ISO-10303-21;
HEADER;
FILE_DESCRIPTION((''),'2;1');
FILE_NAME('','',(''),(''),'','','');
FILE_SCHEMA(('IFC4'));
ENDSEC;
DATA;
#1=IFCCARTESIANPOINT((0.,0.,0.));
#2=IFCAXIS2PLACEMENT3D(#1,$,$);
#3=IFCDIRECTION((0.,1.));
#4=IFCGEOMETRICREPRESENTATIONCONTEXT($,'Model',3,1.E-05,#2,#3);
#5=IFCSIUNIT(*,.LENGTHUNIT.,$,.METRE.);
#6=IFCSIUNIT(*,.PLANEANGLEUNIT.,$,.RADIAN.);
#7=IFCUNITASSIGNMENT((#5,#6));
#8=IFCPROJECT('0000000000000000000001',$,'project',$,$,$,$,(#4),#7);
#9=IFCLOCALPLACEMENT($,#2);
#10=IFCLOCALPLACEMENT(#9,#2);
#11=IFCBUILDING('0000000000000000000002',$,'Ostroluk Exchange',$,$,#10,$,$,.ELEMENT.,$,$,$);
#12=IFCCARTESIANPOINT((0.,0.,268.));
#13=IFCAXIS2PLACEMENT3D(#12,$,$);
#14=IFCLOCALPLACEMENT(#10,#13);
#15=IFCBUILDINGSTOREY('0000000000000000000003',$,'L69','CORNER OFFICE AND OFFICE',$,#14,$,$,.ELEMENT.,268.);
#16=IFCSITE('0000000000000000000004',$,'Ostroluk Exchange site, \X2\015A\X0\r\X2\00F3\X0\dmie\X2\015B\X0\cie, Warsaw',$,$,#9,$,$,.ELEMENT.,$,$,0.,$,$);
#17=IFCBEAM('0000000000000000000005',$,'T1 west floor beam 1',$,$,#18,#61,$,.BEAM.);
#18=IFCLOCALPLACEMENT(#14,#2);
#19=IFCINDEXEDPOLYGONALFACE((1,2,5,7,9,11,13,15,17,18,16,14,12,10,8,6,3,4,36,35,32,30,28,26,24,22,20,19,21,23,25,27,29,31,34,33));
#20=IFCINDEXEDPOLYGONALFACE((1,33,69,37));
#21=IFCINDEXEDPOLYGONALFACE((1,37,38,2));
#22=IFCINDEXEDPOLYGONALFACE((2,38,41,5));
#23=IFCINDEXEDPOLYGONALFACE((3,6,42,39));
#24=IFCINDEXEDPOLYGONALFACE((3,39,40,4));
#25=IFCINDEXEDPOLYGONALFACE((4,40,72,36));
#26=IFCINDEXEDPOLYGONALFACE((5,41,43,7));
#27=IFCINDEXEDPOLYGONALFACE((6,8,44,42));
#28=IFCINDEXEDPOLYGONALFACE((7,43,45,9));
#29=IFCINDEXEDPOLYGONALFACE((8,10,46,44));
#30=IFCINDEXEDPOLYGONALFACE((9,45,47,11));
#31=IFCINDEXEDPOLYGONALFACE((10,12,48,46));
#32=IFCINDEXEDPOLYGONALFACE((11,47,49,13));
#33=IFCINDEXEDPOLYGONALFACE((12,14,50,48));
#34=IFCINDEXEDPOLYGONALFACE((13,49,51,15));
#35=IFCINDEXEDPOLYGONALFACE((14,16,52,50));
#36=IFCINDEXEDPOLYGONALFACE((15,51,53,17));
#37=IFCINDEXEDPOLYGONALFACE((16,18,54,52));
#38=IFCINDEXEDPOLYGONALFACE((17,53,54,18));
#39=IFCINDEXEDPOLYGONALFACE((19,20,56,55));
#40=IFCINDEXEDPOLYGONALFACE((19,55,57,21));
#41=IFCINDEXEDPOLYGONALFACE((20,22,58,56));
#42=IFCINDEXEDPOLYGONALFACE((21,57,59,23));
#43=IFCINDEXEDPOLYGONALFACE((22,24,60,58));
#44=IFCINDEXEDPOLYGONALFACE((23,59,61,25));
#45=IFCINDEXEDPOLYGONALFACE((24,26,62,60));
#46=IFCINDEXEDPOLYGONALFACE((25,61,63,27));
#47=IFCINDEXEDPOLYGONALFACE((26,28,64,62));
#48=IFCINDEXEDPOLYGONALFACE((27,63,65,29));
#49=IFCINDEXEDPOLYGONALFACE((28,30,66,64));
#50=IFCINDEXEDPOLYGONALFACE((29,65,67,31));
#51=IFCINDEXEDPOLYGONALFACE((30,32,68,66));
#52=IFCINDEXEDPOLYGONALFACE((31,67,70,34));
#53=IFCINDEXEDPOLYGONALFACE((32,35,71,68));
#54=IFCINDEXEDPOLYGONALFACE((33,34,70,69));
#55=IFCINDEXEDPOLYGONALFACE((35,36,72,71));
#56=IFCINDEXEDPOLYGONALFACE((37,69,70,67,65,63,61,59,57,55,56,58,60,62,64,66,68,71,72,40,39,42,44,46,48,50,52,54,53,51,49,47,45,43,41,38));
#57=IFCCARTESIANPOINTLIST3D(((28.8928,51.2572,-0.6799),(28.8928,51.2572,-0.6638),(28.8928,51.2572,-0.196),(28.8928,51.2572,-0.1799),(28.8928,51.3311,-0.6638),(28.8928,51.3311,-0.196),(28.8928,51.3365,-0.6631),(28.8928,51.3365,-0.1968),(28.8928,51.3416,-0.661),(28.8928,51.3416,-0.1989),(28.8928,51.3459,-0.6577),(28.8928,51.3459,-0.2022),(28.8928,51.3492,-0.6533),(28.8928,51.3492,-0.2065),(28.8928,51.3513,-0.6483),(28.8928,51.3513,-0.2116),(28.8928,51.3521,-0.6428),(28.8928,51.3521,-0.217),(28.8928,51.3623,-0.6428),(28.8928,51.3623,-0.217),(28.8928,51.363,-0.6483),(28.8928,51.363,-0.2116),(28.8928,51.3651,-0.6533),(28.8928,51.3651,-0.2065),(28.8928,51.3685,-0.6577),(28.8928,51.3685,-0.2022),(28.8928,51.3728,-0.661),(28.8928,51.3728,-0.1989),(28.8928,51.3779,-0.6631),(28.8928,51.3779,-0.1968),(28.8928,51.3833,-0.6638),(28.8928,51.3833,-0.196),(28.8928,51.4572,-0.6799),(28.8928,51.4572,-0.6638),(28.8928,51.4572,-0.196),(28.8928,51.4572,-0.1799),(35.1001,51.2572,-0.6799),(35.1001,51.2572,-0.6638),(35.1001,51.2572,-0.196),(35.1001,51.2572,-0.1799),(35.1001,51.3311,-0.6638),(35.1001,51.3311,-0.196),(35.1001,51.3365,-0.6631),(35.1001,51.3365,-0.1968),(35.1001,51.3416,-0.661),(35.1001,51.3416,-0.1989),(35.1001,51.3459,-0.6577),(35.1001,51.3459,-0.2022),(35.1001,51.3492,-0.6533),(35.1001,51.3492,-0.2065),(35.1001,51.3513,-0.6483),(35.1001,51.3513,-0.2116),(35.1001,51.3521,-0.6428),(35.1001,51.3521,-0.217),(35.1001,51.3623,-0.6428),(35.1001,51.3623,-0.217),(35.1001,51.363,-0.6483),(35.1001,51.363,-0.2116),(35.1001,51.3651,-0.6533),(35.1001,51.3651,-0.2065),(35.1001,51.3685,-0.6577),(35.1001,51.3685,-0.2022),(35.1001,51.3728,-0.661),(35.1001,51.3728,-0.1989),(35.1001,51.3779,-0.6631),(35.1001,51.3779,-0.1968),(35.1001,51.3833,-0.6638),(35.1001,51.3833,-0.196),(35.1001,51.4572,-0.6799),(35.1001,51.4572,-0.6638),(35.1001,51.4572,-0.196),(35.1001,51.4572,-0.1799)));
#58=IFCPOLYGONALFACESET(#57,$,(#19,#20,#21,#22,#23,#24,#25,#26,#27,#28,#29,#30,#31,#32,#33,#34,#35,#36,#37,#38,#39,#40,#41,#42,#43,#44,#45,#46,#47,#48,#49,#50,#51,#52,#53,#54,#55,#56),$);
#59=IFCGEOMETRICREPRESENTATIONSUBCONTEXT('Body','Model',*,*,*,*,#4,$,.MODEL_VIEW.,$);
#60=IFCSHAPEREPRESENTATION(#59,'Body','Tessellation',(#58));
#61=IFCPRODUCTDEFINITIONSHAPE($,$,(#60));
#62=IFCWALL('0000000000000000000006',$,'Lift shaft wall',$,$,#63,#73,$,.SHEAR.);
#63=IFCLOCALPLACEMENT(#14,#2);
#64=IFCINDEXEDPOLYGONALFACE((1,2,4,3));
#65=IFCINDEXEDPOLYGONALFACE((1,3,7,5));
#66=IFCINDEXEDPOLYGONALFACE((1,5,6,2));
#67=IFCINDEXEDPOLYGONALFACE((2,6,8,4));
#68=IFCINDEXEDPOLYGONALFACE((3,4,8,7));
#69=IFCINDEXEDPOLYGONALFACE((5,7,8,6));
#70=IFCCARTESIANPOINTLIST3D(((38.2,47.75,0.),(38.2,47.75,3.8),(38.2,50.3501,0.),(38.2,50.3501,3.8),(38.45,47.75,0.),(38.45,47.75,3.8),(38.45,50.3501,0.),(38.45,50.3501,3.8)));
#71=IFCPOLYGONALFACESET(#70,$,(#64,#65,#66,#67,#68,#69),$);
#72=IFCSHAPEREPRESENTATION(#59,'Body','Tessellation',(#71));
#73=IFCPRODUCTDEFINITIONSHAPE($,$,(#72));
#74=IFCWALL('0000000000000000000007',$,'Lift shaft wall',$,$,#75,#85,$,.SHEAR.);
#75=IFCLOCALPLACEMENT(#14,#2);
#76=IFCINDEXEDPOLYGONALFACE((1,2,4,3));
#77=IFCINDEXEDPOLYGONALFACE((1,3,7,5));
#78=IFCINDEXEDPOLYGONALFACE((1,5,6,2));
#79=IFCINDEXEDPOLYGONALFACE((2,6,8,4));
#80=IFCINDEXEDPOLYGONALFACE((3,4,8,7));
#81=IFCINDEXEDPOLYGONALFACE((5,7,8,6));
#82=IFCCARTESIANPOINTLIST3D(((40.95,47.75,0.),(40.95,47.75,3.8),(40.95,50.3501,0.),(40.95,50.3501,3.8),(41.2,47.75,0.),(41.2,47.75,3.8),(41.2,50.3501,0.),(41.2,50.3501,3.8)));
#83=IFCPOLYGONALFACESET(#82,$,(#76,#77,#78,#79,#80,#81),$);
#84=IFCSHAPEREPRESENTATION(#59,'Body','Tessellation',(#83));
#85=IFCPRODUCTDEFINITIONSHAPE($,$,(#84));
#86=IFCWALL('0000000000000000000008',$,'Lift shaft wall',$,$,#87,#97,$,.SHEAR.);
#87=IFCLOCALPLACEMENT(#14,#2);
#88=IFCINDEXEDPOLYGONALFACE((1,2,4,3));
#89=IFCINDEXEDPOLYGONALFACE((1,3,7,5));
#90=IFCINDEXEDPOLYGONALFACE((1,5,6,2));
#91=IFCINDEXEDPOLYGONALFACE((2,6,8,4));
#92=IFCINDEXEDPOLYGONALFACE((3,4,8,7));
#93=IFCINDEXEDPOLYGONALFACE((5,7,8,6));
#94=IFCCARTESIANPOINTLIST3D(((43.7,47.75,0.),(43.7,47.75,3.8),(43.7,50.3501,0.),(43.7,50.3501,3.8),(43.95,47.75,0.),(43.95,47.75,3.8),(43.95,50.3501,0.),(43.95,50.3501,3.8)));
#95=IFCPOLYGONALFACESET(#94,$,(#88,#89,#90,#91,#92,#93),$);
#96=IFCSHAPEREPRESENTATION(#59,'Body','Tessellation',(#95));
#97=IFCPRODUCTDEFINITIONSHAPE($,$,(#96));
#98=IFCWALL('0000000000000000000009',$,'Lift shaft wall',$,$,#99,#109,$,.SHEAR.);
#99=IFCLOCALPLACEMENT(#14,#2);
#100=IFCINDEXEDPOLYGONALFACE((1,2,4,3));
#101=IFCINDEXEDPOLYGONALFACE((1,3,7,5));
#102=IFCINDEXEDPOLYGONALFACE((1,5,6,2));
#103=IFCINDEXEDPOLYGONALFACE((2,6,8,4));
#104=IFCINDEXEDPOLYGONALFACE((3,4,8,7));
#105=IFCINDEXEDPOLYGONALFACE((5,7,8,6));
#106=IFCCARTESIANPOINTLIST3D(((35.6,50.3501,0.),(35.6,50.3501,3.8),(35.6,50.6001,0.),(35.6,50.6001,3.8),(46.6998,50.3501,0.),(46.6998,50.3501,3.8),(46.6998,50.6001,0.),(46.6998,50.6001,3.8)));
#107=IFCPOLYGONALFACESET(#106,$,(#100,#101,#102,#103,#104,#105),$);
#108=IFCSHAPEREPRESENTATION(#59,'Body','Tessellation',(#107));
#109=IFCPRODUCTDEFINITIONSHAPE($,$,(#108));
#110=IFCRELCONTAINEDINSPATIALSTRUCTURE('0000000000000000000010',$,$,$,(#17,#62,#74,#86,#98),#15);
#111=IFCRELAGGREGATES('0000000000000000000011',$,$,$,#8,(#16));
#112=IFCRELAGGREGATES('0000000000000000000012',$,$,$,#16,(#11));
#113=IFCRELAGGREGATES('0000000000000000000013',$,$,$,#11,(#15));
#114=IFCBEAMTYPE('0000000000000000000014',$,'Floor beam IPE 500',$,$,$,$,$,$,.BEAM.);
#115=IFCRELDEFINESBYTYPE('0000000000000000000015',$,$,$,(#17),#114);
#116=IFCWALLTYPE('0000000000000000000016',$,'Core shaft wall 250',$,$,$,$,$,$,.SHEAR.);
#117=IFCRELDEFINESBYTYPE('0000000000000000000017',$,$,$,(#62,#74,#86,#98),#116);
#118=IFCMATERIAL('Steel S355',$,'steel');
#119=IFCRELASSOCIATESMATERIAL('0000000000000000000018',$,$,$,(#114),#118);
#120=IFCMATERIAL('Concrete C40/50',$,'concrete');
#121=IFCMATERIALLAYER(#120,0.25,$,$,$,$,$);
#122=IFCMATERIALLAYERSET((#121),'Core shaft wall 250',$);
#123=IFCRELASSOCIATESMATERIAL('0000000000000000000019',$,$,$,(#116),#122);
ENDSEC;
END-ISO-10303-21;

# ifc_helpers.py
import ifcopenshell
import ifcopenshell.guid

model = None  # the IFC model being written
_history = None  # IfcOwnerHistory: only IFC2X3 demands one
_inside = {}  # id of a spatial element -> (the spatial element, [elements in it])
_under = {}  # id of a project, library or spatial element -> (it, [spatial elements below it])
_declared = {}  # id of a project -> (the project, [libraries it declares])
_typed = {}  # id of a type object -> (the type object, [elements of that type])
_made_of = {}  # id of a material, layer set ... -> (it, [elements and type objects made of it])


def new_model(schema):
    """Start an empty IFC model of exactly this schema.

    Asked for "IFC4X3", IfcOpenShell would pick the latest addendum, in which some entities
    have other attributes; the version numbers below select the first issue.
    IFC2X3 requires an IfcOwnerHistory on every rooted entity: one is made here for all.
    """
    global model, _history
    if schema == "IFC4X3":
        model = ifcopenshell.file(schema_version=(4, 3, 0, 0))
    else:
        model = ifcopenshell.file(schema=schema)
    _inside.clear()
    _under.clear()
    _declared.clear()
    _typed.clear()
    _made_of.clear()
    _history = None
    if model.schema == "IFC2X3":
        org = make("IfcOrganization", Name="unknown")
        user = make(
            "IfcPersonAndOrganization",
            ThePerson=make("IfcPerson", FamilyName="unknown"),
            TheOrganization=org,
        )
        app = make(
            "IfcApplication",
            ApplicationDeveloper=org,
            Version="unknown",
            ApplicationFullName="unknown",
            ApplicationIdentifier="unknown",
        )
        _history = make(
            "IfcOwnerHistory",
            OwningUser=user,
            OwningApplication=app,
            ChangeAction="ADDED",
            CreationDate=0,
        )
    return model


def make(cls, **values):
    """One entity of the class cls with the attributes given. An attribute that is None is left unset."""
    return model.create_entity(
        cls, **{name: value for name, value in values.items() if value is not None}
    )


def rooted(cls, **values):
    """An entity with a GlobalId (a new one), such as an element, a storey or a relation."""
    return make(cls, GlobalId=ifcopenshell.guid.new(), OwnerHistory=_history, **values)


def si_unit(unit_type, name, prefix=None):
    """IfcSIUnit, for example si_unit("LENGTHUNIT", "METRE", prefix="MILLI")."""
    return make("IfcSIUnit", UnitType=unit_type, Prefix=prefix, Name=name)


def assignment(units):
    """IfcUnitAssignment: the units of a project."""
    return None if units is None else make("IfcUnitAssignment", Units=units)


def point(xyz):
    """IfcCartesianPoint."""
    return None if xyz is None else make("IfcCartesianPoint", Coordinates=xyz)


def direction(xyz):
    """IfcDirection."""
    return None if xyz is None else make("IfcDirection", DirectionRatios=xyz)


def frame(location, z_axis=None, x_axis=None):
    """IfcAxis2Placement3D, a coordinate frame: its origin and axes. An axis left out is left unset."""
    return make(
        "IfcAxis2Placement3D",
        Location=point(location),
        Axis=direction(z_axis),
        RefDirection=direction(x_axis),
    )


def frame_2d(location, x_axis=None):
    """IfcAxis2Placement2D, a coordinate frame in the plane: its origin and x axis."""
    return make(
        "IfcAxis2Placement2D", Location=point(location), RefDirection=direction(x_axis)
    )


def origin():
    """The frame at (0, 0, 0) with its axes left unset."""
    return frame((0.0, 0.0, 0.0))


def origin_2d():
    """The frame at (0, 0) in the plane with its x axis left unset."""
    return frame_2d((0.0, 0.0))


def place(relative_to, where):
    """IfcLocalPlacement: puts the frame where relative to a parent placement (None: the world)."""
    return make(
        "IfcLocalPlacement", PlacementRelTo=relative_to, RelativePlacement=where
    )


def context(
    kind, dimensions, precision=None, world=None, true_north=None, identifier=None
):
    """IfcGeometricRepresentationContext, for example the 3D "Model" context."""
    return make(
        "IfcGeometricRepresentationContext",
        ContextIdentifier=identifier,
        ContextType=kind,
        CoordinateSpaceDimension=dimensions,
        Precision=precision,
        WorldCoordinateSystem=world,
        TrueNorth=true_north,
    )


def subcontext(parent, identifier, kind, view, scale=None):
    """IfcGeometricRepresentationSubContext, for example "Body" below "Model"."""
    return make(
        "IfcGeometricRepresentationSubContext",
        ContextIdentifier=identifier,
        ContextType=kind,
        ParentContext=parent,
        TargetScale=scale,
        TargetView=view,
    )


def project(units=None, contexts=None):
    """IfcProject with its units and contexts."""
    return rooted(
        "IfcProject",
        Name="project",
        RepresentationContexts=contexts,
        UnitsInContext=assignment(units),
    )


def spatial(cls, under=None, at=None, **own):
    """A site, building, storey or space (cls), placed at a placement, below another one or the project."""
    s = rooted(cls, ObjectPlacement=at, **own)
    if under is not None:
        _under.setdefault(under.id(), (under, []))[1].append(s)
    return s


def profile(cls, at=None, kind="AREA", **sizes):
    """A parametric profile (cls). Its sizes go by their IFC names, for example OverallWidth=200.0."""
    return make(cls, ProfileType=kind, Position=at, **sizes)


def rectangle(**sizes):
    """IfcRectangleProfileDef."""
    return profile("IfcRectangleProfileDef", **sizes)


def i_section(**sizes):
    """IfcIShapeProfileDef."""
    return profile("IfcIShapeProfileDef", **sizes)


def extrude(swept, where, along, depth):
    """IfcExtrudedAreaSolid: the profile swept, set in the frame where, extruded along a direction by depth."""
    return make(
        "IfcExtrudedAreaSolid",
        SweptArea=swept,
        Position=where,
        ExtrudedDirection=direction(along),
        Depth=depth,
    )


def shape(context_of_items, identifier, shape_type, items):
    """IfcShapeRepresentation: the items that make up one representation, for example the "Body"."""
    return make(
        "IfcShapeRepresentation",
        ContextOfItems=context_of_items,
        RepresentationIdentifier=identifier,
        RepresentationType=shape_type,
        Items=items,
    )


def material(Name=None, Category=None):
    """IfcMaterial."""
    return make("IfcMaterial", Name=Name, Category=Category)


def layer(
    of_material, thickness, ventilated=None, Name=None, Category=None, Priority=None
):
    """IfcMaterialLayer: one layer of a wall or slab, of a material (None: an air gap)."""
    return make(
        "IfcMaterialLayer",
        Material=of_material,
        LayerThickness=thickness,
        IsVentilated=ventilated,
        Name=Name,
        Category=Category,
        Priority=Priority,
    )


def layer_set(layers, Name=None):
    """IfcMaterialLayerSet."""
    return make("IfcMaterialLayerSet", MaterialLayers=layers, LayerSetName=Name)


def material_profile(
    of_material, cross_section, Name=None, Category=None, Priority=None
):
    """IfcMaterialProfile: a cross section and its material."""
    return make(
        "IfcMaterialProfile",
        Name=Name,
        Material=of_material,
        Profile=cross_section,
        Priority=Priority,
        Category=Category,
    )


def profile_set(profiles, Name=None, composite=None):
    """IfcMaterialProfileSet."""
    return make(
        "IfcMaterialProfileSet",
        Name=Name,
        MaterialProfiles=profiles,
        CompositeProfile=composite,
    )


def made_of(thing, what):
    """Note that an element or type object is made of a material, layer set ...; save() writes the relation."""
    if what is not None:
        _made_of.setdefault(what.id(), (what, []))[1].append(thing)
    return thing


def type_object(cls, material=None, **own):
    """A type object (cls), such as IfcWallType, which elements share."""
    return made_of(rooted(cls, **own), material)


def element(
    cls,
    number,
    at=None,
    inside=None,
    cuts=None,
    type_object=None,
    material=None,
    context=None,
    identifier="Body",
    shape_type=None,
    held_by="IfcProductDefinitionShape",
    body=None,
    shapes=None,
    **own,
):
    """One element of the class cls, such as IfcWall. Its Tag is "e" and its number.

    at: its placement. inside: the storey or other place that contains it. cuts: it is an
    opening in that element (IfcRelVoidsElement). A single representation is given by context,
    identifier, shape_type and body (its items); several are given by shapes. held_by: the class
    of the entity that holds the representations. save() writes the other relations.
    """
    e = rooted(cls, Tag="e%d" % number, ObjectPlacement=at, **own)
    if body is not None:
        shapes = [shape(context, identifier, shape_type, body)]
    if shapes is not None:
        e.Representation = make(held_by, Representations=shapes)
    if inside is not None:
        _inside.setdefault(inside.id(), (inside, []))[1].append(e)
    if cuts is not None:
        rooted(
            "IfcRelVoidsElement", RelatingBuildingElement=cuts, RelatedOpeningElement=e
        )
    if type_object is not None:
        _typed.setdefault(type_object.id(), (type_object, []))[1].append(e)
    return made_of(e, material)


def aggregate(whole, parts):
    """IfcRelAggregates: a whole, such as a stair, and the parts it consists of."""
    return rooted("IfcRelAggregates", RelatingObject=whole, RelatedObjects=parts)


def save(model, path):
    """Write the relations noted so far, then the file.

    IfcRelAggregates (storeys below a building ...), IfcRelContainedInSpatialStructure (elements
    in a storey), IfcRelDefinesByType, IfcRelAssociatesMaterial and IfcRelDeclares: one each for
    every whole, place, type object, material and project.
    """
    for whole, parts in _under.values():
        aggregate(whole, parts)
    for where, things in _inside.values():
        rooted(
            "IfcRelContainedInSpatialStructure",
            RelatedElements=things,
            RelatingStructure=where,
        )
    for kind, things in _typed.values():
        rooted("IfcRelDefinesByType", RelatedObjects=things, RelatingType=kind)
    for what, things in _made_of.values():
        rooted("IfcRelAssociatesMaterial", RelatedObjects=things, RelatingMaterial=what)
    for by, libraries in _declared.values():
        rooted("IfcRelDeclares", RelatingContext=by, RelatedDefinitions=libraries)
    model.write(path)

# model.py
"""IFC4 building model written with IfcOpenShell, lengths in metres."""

from ifc_helpers import new_model, si_unit, direction, frame, frame_2d, origin, origin_2d, place, context, subcontext, project, spatial, rectangle, i_section, extrude, material, layer, layer_set, material_profile, profile_set, type_object, element, save


model = new_model("IFC4")

# Units and contexts
model_context = context("Model", 3, precision=1e-05, world=origin(), true_north=direction((0.0, 1.0)))
body_context = subcontext(model_context, "Body", "Model", "MODEL_VIEW")
ifc_project = project(units=[si_unit("LENGTHUNIT", "METRE"), si_unit("PLANEANGLEUNIT", "RADIAN")], contexts=[model_context])

# Site, building, storey
site_placement = place(None, origin())
site = spatial("IfcSite", under=ifc_project, at=site_placement, Name="Ostroluk Exchange site, Śródmieście, Warsaw", CompositionType="ELEMENT", RefElevation=0.0)
building_placement = place(site_placement, origin())
building = spatial("IfcBuilding", under=site, at=building_placement, Name="Ostroluk Exchange", CompositionType="ELEMENT")
storey_placement = place(building_placement, frame((0.0, 0.0, 268.0)))
storey = spatial("IfcBuildingStorey", under=building, at=storey_placement, Name="L69", Description="CORNER OFFICE AND OFFICE", CompositionType="ELEMENT", Elevation=268.0)

# Beam
ifc_material_1 = material(Name="Steel S355", Category="steel")
ifc_material_profile = material_profile(ifc_material_1, i_section(OverallWidth=0.2, OverallDepth=0.5, WebThickness=0.0103, FlangeThickness=0.0161, FilletRadius=0.021, at=origin_2d()), Name="IPE 500")
ifc_profile_set = profile_set([ifc_material_profile], Name="Steel S355")
beam_type = type_object("IfcBeamType", Name="Floor beam IPE 500", PredefinedType="BEAM", material=ifc_profile_set)
beam_placement = place(storey_placement, frame((35.1001, 51.3572, -0.4299), z_axis=(-1.0, 0.0, 0.0), x_axis=(0.0, -1.0, 0.0)))
element("IfcBeam", 1, at=beam_placement, inside=storey, type_object=beam_type, Name="T1 west floor beam 1", PredefinedType="BEAM", context=body_context, shape_type="SweptSolid", body=[
    extrude(i_section(OverallWidth=0.2, OverallDepth=0.5, WebThickness=0.0103, FlangeThickness=0.0161, FilletRadius=0.021, at=origin_2d()), origin(), (0.0, 0.0, 1.0), 6.2073),
])

# Walls
ifc_material_2 = material(Name="Concrete C40/50", Category="concrete")
ifc_layer = layer(ifc_material_2, 0.25)
ifc_layer_set = layer_set([ifc_layer], Name="Core shaft wall 250")
wall_type = type_object("IfcWallType", Name="Core shaft wall 250", PredefinedType="SHEAR", material=ifc_layer_set)
for number, where, z_axis, x_axis, name in (
    (2, (38.325, 47.75, 0.0), (0.0, 0.0, 1.0), (0.0, 1.0, 0.0), "Lift shaft wall"),
    (3, (41.075, 47.75, 0.0), (0.0, 0.0, 1.0), (0.0, 1.0, 0.0), "Lift shaft wall"),
    (4, (43.825, 47.75, 0.0), (0.0, 0.0, 1.0), (0.0, 1.0, 0.0), "Lift shaft wall"),
):
    element("IfcWall", number, at=place(storey_placement, frame(where, z_axis=z_axis, x_axis=x_axis)), inside=storey, type_object=wall_type, Name=name, PredefinedType="SHEAR", context=body_context, shape_type="SweptSolid", body=[
        extrude(rectangle(XDim=2.6001, YDim=0.25, at=frame_2d((1.3, 0.0))), origin(), (0.0, 0.0, 1.0), 3.8),
    ])
wall_1_placement = place(storey_placement, frame((35.6001, 50.4751, 0.0), z_axis=(0.0, 0.0, 1.0), x_axis=(1.0, 0.0, 0.0)))
element("IfcWall", 5, at=wall_1_placement, inside=storey, type_object=wall_type, Name="Lift shaft wall", PredefinedType="SHEAR", context=body_context, shape_type="SweptSolid", body=[
    extrude(rectangle(XDim=11.0999, YDim=0.25, at=frame_2d((5.5498, 0.0))), origin(), (0.0, 0.0, 1.0), 3.8),
])

save(model, "model.ifc")
